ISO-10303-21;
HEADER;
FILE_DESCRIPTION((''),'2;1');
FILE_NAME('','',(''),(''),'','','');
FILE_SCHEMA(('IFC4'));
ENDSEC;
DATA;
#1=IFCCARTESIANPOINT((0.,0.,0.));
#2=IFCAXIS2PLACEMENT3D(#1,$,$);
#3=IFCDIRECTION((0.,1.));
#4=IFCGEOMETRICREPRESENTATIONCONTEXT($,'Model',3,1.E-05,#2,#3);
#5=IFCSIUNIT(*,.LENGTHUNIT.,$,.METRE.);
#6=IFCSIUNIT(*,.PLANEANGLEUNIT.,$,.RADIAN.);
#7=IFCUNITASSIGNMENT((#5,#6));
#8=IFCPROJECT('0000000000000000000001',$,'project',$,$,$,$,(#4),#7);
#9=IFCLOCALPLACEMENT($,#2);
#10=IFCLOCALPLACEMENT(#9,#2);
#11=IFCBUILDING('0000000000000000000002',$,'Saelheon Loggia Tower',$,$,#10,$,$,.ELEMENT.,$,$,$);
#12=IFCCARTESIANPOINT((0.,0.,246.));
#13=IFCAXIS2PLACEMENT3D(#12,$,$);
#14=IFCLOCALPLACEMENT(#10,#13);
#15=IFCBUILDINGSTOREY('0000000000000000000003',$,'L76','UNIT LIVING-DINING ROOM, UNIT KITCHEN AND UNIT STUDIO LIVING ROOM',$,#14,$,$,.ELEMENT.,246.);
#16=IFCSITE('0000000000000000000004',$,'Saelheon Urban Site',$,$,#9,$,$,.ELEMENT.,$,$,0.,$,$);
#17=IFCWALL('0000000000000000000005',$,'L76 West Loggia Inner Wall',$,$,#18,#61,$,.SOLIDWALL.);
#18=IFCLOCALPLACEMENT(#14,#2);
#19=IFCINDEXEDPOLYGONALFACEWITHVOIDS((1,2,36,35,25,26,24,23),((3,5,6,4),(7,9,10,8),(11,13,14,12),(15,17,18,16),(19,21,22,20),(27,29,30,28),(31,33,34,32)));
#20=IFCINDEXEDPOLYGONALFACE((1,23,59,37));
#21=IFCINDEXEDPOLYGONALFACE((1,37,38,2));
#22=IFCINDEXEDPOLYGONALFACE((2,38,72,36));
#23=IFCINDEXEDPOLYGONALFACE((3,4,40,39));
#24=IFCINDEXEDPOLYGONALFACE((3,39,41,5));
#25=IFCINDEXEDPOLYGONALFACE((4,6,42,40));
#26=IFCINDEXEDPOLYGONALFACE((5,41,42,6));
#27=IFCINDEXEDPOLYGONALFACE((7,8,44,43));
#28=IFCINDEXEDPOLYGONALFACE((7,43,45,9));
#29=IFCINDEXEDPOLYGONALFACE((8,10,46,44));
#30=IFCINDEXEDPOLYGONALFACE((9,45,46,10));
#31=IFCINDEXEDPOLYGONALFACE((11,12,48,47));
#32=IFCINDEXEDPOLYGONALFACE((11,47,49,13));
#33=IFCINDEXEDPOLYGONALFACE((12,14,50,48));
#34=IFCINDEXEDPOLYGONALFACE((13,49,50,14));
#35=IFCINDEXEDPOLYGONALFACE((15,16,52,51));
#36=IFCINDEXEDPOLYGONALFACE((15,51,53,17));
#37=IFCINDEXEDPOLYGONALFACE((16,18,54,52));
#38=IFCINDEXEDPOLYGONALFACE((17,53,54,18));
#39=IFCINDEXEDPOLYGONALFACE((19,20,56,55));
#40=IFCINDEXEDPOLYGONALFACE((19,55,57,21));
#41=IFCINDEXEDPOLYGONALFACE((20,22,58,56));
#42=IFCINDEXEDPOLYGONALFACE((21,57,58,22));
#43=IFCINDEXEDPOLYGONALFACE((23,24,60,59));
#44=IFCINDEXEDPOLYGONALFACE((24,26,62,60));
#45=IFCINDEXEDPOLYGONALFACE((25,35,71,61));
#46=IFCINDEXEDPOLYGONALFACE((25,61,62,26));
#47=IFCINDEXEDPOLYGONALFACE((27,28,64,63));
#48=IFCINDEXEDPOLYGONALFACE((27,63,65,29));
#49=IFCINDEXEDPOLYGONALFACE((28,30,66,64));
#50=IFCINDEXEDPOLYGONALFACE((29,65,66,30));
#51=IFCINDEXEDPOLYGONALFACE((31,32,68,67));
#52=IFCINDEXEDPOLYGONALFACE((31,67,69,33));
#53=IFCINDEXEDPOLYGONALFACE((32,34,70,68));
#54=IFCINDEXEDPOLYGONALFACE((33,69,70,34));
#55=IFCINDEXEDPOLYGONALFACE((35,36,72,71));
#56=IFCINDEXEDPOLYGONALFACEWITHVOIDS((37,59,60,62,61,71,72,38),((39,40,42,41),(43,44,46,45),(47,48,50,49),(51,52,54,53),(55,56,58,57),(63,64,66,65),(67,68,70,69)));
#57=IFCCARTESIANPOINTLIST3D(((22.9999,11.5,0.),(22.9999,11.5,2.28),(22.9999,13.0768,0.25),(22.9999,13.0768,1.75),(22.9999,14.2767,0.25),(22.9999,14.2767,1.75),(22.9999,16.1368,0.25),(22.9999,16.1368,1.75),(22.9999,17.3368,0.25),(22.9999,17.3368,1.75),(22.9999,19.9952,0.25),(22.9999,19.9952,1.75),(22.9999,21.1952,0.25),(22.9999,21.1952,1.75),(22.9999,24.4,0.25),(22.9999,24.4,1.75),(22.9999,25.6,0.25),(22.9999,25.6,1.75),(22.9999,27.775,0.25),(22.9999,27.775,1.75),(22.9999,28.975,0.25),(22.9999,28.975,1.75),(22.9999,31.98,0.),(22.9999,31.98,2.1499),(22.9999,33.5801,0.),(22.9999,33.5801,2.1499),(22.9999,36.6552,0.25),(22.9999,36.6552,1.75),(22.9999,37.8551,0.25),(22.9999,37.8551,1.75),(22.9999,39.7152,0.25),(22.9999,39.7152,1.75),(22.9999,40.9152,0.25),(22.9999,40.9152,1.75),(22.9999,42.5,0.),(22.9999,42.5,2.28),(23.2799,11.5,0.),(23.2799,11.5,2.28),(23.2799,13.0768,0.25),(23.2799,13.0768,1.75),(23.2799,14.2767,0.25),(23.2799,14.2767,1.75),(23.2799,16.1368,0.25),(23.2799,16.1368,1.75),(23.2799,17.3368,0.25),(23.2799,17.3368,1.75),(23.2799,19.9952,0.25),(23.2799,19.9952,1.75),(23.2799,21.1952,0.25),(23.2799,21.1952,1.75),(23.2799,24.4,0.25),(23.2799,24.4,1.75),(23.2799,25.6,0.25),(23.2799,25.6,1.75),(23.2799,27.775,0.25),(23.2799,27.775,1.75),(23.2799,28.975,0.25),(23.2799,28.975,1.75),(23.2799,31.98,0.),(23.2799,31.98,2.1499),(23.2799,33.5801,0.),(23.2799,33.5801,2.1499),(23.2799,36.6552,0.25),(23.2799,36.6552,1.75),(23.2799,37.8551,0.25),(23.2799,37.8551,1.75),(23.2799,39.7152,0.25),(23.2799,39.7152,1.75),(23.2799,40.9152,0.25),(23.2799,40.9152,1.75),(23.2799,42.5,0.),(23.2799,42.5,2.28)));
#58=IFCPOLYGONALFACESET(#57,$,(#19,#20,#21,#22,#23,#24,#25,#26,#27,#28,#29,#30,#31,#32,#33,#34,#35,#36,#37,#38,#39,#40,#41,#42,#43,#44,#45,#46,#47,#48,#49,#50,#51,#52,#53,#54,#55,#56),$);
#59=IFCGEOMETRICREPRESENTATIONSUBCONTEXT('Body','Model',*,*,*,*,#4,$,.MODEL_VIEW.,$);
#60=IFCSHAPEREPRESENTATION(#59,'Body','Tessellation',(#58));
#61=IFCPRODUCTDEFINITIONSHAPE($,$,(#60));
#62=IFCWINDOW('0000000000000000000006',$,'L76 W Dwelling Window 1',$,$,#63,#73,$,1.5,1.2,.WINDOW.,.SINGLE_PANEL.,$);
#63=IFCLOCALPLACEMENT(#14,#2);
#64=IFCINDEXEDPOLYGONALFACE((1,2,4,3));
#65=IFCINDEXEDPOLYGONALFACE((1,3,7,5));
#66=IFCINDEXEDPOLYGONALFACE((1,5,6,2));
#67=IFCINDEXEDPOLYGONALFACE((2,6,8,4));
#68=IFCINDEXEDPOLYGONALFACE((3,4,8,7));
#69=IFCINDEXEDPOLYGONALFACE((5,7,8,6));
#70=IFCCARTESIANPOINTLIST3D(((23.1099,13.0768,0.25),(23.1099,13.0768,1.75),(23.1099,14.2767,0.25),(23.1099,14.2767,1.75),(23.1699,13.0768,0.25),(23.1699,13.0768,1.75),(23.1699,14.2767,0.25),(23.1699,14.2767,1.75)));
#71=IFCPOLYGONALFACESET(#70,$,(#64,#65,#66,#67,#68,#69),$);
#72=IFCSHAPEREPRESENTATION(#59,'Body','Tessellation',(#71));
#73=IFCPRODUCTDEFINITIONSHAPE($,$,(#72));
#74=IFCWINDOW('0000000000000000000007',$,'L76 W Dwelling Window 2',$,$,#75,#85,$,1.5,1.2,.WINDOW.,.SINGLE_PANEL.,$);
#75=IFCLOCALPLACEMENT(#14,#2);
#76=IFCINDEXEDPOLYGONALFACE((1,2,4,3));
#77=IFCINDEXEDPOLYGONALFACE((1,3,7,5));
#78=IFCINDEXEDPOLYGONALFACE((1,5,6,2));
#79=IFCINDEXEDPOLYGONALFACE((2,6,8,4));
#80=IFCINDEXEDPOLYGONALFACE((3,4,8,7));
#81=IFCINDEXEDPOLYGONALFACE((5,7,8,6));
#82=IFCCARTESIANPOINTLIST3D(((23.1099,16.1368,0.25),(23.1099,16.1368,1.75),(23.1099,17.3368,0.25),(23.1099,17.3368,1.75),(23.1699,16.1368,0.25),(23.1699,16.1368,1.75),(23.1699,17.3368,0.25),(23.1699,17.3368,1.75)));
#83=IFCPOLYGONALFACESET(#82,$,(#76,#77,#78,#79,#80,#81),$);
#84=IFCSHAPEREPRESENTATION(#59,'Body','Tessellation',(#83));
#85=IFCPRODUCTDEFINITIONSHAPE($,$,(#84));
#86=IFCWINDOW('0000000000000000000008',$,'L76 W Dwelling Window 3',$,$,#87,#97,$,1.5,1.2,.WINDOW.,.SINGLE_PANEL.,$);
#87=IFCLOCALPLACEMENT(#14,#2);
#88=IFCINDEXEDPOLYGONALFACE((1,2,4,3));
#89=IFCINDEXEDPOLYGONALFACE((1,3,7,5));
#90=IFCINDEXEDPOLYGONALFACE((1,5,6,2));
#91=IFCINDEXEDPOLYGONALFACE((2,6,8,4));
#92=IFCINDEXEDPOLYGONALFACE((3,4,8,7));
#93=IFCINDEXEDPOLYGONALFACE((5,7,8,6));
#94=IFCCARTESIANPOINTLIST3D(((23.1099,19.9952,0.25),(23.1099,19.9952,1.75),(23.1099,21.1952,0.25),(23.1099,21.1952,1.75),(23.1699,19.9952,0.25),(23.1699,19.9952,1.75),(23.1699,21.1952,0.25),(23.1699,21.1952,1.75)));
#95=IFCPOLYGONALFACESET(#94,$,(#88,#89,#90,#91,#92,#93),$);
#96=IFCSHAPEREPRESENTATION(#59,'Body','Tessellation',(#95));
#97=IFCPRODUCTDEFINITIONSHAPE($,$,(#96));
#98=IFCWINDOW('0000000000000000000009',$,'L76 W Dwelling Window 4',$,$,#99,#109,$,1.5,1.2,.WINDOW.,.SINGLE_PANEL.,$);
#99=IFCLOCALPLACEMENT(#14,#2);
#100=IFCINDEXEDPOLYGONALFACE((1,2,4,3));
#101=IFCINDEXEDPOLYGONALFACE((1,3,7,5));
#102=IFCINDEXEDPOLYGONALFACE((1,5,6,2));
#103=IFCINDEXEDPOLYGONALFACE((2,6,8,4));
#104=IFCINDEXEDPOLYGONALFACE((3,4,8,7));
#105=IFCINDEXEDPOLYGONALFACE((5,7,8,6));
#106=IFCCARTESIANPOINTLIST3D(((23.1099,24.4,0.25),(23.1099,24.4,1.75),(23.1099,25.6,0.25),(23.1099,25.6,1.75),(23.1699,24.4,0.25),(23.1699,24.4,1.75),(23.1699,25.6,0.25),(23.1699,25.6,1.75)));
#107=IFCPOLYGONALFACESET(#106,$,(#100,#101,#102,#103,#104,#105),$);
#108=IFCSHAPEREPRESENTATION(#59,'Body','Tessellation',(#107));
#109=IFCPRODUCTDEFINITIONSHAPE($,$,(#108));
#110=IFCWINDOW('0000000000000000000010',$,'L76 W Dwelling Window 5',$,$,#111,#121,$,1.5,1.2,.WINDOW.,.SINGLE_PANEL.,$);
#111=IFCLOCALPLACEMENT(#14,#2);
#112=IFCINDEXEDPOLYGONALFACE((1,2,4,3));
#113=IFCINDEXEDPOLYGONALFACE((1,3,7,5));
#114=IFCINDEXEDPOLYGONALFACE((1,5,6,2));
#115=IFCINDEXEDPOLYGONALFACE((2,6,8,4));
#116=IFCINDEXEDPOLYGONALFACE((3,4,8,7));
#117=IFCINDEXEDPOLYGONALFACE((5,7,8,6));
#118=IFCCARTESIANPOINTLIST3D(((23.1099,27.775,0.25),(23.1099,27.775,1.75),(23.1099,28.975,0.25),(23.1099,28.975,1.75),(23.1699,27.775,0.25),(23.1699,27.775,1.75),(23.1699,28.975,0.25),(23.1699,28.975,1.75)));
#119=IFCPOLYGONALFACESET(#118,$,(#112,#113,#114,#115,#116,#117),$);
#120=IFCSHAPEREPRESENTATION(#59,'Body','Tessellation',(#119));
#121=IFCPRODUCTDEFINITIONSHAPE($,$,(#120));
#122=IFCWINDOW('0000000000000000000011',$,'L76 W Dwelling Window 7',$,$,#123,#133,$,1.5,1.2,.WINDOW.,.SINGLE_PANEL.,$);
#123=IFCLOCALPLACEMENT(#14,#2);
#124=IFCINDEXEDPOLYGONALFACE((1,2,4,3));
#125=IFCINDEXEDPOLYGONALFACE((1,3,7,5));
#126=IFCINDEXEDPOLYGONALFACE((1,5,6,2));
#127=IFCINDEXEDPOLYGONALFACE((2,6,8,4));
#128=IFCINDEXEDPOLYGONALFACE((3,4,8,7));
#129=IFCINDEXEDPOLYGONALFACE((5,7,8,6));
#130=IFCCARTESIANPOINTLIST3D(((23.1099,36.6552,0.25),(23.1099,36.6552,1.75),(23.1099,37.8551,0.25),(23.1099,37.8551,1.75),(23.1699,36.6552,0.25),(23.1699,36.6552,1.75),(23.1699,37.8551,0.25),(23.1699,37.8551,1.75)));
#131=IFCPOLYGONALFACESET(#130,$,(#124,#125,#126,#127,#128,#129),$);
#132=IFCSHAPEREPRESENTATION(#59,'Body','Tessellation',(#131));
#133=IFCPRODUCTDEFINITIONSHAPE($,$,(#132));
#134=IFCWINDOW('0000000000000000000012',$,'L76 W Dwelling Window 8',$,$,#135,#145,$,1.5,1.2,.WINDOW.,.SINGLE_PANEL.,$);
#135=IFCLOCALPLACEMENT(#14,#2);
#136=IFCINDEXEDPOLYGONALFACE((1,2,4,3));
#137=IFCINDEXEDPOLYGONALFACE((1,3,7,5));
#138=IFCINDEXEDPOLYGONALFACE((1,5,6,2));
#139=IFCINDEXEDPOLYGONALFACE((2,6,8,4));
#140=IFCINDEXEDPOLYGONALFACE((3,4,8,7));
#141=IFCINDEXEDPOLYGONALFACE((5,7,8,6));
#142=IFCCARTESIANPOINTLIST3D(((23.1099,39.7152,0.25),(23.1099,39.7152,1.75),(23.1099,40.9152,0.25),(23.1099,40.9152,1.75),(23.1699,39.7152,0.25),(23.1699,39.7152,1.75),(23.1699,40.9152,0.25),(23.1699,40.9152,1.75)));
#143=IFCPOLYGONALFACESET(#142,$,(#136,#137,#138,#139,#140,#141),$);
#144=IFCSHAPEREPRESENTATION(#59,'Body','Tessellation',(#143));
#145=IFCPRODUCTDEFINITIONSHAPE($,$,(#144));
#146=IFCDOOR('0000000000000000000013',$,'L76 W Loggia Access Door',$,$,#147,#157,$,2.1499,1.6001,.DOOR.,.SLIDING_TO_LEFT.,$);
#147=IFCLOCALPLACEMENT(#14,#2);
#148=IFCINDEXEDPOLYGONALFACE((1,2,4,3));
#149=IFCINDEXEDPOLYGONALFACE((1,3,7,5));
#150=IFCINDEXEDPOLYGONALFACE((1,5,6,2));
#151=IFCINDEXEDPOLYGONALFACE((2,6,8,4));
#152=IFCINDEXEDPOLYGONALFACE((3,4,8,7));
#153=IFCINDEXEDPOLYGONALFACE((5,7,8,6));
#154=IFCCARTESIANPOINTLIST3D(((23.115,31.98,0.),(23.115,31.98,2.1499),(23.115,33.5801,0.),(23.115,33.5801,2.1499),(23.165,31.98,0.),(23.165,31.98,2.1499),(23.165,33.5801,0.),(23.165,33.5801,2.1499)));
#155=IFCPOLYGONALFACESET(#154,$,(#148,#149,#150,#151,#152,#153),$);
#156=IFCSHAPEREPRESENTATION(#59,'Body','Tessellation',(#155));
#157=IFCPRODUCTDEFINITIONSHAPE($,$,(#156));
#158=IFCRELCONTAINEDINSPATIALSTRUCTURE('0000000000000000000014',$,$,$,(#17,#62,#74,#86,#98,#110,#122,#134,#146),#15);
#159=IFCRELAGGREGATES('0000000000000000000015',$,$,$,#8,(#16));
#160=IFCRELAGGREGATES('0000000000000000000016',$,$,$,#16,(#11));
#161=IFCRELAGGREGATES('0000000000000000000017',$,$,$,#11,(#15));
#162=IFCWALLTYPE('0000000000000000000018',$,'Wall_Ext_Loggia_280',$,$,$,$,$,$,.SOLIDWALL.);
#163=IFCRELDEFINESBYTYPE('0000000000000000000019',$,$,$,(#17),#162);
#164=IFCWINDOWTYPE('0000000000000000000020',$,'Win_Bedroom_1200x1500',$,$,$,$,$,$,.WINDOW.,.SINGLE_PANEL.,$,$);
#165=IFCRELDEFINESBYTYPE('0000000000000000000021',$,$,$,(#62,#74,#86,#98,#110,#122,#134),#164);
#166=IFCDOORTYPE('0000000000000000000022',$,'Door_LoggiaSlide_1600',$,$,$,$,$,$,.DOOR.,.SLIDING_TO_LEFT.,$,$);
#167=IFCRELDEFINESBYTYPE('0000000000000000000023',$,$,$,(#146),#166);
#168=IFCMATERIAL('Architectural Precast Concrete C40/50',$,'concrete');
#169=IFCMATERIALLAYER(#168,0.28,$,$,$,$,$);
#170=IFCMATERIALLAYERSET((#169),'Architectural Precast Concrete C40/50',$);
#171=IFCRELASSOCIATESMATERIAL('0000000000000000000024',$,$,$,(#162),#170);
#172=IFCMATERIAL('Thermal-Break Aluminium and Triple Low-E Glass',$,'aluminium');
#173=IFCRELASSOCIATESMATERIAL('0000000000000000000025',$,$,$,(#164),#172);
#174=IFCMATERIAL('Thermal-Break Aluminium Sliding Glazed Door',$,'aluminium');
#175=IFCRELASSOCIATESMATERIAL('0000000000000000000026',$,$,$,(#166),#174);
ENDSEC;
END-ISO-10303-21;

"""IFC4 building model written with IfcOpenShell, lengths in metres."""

from ifc_helpers import new_model, si_unit, direction, frame, frame_2d, origin, place, context, subcontext, project, spatial, rectangle, extrude, source, transform, mapped, material, layer, layer_set, type_object, element, fill, save


model = new_model("IFC4")

# Units and contexts
model_context = context("Model", 3, precision=1e-05, world=origin(), true_north=direction((0.0, 1.0)))
body_context = subcontext(model_context, "Body", "Model", "MODEL_VIEW")
ifc_project = project(units=[si_unit("LENGTHUNIT", "METRE"), si_unit("PLANEANGLEUNIT", "RADIAN")], contexts=[model_context])

# Site, building, storey
site_placement = place(None, origin())
site = spatial("IfcSite", under=ifc_project, at=site_placement, Name="Saelheon Urban Site", CompositionType="ELEMENT", RefElevation=0.0)
building_placement = place(site_placement, origin())
building = spatial("IfcBuilding", under=site, at=building_placement, Name="Saelheon Loggia Tower", CompositionType="ELEMENT")
storey_placement = place(building_placement, frame((0.0, 0.0, 246.0)))
storey = spatial("IfcBuildingStorey", under=building, at=storey_placement, Name="L76", Description="UNIT LIVING-DINING ROOM, UNIT KITCHEN AND UNIT STUDIO LIVING ROOM", CompositionType="ELEMENT", Elevation=246.0)

# Wall, openings, windows, door
ifc_material_1 = material(Name="Architectural Precast Concrete C40/50", Category="concrete")
ifc_layer_1 = layer(ifc_material_1, 0.28)
ifc_layer_set_1 = layer_set([ifc_layer_1], Name="Architectural Precast Concrete C40/50")
wall_type = type_object("IfcWallType", Name="Wall_Ext_Loggia_280", PredefinedType="SOLIDWALL", material=ifc_layer_set_1)
wall_placement = place(storey_placement, frame((23.1399, 11.5, 0.0), z_axis=(0.0, 0.0, 1.0), x_axis=(0.0, 1.0, 0.0)))
wall = element("IfcWall", 1, at=wall_placement, inside=storey, type_object=wall_type, Name="L76 West Loggia Inner Wall", PredefinedType="SOLIDWALL", context=body_context, shape_type="SweptSolid", body=[
    extrude(rectangle(XDim=31.0, YDim=0.28, at=frame_2d((15.5, 0.0))), origin(), (0.0, 0.0, 1.0), 2.28),
])
opening_1_placement = place(wall_placement, frame((1.5767, 0.0, 0.25)))
opening_1 = element("IfcOpeningElement", 2, at=opening_1_placement, cuts=wall, PredefinedType="OPENING", context=body_context, shape_type="SweptSolid", body=[
    extrude(rectangle(XDim=1.2, YDim=1.5, at=frame_2d((0.6001, 0.75))), frame((0.0, 0.1521, 0.0), z_axis=(0.0, -1.0, 0.0), x_axis=(1.0, 0.0, 0.0)), (0.0, 0.0, 1.0), 0.304),
])
opening_2_placement = place(wall_placement, frame((4.6367, 0.0, 0.25)))
opening_2 = element("IfcOpeningElement", 3, at=opening_2_placement, cuts=wall, PredefinedType="OPENING", context=body_context, shape_type="SweptSolid", body=[
    extrude(rectangle(XDim=1.2, YDim=1.5, at=frame_2d((0.6001, 0.75))), frame((0.0, 0.1521, 0.0), z_axis=(0.0, -1.0, 0.0), x_axis=(1.0, 0.0, 0.0)), (0.0, 0.0, 1.0), 0.304),
])
opening_3_placement = place(wall_placement, frame((8.4951, 0.0, 0.25)))
opening_3 = element("IfcOpeningElement", 4, at=opening_3_placement, cuts=wall, PredefinedType="OPENING", context=body_context, shape_type="SweptSolid", body=[
    extrude(rectangle(XDim=1.2, YDim=1.5, at=frame_2d((0.6001, 0.75))), frame((0.0, 0.1521, 0.0), z_axis=(0.0, -1.0, 0.0), x_axis=(1.0, 0.0, 0.0)), (0.0, 0.0, 1.0), 0.304),
])
opening_4_placement = place(wall_placement, frame((12.8999, 0.0, 0.25)))
opening_4 = element("IfcOpeningElement", 5, at=opening_4_placement, cuts=wall, PredefinedType="OPENING", context=body_context, shape_type="SweptSolid", body=[
    extrude(rectangle(XDim=1.2, YDim=1.5, at=frame_2d((0.6001, 0.75))), frame((0.0, 0.1521, 0.0), z_axis=(0.0, -1.0, 0.0), x_axis=(1.0, 0.0, 0.0)), (0.0, 0.0, 1.0), 0.304),
])
opening_5_placement = place(wall_placement, frame((16.2749, 0.0, 0.25)))
opening_5 = element("IfcOpeningElement", 6, at=opening_5_placement, cuts=wall, PredefinedType="OPENING", context=body_context, shape_type="SweptSolid", body=[
    extrude(rectangle(XDim=1.2, YDim=1.5, at=frame_2d((0.6001, 0.75))), frame((0.0, 0.1521, 0.0), z_axis=(0.0, -1.0, 0.0), x_axis=(1.0, 0.0, 0.0)), (0.0, 0.0, 1.0), 0.304),
])
opening_6_placement = place(wall_placement, frame((20.48, 0.0, 0.0)))
opening_6 = element("IfcOpeningElement", 7, at=opening_6_placement, cuts=wall, PredefinedType="OPENING", context=body_context, shape_type="SweptSolid", body=[
    extrude(rectangle(XDim=1.6001, YDim=2.1499, at=frame_2d((0.8, 1.075))), frame((0.0, 0.1521, 0.0), z_axis=(0.0, -1.0, 0.0), x_axis=(1.0, 0.0, 0.0)), (0.0, 0.0, 1.0), 0.304),
])
opening_7_placement = place(wall_placement, frame((25.155, 0.0, 0.25)))
opening_7 = element("IfcOpeningElement", 8, at=opening_7_placement, cuts=wall, PredefinedType="OPENING", context=body_context, shape_type="SweptSolid", body=[
    extrude(rectangle(XDim=1.2, YDim=1.5, at=frame_2d((0.6001, 0.75))), frame((0.0, 0.1521, 0.0), z_axis=(0.0, -1.0, 0.0), x_axis=(1.0, 0.0, 0.0)), (0.0, 0.0, 1.0), 0.304),
])
opening_8_placement = place(wall_placement, frame((28.2151, 0.0, 0.25)))
opening_8 = element("IfcOpeningElement", 9, at=opening_8_placement, cuts=wall, PredefinedType="OPENING", context=body_context, shape_type="SweptSolid", body=[
    extrude(rectangle(XDim=1.2, YDim=1.5, at=frame_2d((0.6001, 0.75))), frame((0.0, 0.1521, 0.0), z_axis=(0.0, -1.0, 0.0), x_axis=(1.0, 0.0, 0.0)), (0.0, 0.0, 1.0), 0.304),
])
ifc_material_2 = material(Name="Thermal-Break Aluminium and Triple Low-E Glass", Category="aluminium")
window_type = type_object("IfcWindowType", Name="Win_Bedroom_1200x1500", PartitioningType="SINGLE_PANEL", PredefinedType="WINDOW", material=ifc_material_2)
shared_shape_1 = source(origin(), body_context, "Body", "SweptSolid", [
    extrude(rectangle(XDim=1.2, YDim=1.5, at=frame_2d((0.6001, 0.75))), frame((0.0, 0.03, 0.0), z_axis=(0.0, -1.0, 0.0), x_axis=(1.0, 0.0, 0.0)), (0.0, 0.0, 1.0), 0.0601),
])
window_1_placement = place(opening_1_placement, origin())
window_1 = element("IfcWindow", 10, at=window_1_placement, inside=storey, type_object=window_type, Name="L76 W Dwelling Window 1", OverallHeight=1.5, OverallWidth=1.2, PartitioningType="SINGLE_PANEL", PredefinedType="WINDOW", context=body_context, shape_type="MappedRepresentation", body=[
    mapped(shared_shape_1, transform((0.0, 0.0, 0.0), scale=1.0)),
])
fill(opening_1, window_1)
window_2_placement = place(opening_2_placement, origin())
window_2 = element("IfcWindow", 11, at=window_2_placement, inside=storey, type_object=window_type, Name="L76 W Dwelling Window 2", OverallHeight=1.5, OverallWidth=1.2, PartitioningType="SINGLE_PANEL", PredefinedType="WINDOW", context=body_context, shape_type="MappedRepresentation", body=[
    mapped(shared_shape_1, transform((0.0, 0.0, 0.0), scale=1.0)),
])
fill(opening_2, window_2)
window_3_placement = place(opening_3_placement, origin())
window_3 = element("IfcWindow", 12, at=window_3_placement, inside=storey, type_object=window_type, Name="L76 W Dwelling Window 3", OverallHeight=1.5, OverallWidth=1.2, PartitioningType="SINGLE_PANEL", PredefinedType="WINDOW", context=body_context, shape_type="MappedRepresentation", body=[
    mapped(shared_shape_1, transform((0.0, 0.0, 0.0), scale=1.0)),
])
fill(opening_3, window_3)
window_4_placement = place(opening_4_placement, origin())
window_4 = element("IfcWindow", 13, at=window_4_placement, inside=storey, type_object=window_type, Name="L76 W Dwelling Window 4", OverallHeight=1.5, OverallWidth=1.2, PartitioningType="SINGLE_PANEL", PredefinedType="WINDOW", context=body_context, shape_type="MappedRepresentation", body=[
    mapped(shared_shape_1, transform((0.0, 0.0, 0.0), scale=1.0)),
])
fill(opening_4, window_4)
window_5_placement = place(opening_5_placement, origin())
window_5 = element("IfcWindow", 14, at=window_5_placement, inside=storey, type_object=window_type, Name="L76 W Dwelling Window 5", OverallHeight=1.5, OverallWidth=1.2, PartitioningType="SINGLE_PANEL", PredefinedType="WINDOW", context=body_context, shape_type="MappedRepresentation", body=[
    mapped(shared_shape_1, transform((0.0, 0.0, 0.0), scale=1.0)),
])
fill(opening_5, window_5)
window_6_placement = place(opening_7_placement, origin())
window_6 = element("IfcWindow", 15, at=window_6_placement, inside=storey, type_object=window_type, Name="L76 W Dwelling Window 7", OverallHeight=1.5, OverallWidth=1.2, PartitioningType="SINGLE_PANEL", PredefinedType="WINDOW", context=body_context, shape_type="MappedRepresentation", body=[
    mapped(shared_shape_1, transform((0.0, 0.0, 0.0), scale=1.0)),
])
fill(opening_7, window_6)
window_7_placement = place(opening_8_placement, origin())
window_7 = element("IfcWindow", 16, at=window_7_placement, inside=storey, type_object=window_type, Name="L76 W Dwelling Window 8", OverallHeight=1.5, OverallWidth=1.2, PartitioningType="SINGLE_PANEL", PredefinedType="WINDOW", context=body_context, shape_type="MappedRepresentation", body=[
    mapped(shared_shape_1, transform((0.0, 0.0, 0.0), scale=1.0)),
])
fill(opening_8, window_7)
ifc_material_3 = material(Name="Thermal-Break Aluminium Sliding Glazed Door", Category="aluminium")
door_type = type_object("IfcDoorType", Name="Door_LoggiaSlide_1600", OperationType="SLIDING_TO_LEFT", PredefinedType="DOOR", material=ifc_material_3)
shared_shape_2 = source(origin(), body_context, "Body", "SweptSolid", [
    extrude(rectangle(XDim=1.6001, YDim=2.1499, at=frame_2d((0.8, 1.075))), frame((0.0, 0.0249, 0.0), z_axis=(0.0, -1.0, 0.0), x_axis=(1.0, 0.0, 0.0)), (0.0, 0.0, 1.0), 0.05),
])
door_placement = place(opening_6_placement, origin())
door = element("IfcDoor", 17, at=door_placement, inside=storey, type_object=door_type, Name="L76 W Loggia Access Door", OperationType="SLIDING_TO_LEFT", OverallHeight=2.1499, OverallWidth=1.6001, PredefinedType="DOOR", context=body_context, shape_type="MappedRepresentation", body=[
    mapped(shared_shape_2, transform((0.0, 0.0, 0.0), scale=1.0)),
])
fill(opening_6, door)

save(model, "model.ifc")
